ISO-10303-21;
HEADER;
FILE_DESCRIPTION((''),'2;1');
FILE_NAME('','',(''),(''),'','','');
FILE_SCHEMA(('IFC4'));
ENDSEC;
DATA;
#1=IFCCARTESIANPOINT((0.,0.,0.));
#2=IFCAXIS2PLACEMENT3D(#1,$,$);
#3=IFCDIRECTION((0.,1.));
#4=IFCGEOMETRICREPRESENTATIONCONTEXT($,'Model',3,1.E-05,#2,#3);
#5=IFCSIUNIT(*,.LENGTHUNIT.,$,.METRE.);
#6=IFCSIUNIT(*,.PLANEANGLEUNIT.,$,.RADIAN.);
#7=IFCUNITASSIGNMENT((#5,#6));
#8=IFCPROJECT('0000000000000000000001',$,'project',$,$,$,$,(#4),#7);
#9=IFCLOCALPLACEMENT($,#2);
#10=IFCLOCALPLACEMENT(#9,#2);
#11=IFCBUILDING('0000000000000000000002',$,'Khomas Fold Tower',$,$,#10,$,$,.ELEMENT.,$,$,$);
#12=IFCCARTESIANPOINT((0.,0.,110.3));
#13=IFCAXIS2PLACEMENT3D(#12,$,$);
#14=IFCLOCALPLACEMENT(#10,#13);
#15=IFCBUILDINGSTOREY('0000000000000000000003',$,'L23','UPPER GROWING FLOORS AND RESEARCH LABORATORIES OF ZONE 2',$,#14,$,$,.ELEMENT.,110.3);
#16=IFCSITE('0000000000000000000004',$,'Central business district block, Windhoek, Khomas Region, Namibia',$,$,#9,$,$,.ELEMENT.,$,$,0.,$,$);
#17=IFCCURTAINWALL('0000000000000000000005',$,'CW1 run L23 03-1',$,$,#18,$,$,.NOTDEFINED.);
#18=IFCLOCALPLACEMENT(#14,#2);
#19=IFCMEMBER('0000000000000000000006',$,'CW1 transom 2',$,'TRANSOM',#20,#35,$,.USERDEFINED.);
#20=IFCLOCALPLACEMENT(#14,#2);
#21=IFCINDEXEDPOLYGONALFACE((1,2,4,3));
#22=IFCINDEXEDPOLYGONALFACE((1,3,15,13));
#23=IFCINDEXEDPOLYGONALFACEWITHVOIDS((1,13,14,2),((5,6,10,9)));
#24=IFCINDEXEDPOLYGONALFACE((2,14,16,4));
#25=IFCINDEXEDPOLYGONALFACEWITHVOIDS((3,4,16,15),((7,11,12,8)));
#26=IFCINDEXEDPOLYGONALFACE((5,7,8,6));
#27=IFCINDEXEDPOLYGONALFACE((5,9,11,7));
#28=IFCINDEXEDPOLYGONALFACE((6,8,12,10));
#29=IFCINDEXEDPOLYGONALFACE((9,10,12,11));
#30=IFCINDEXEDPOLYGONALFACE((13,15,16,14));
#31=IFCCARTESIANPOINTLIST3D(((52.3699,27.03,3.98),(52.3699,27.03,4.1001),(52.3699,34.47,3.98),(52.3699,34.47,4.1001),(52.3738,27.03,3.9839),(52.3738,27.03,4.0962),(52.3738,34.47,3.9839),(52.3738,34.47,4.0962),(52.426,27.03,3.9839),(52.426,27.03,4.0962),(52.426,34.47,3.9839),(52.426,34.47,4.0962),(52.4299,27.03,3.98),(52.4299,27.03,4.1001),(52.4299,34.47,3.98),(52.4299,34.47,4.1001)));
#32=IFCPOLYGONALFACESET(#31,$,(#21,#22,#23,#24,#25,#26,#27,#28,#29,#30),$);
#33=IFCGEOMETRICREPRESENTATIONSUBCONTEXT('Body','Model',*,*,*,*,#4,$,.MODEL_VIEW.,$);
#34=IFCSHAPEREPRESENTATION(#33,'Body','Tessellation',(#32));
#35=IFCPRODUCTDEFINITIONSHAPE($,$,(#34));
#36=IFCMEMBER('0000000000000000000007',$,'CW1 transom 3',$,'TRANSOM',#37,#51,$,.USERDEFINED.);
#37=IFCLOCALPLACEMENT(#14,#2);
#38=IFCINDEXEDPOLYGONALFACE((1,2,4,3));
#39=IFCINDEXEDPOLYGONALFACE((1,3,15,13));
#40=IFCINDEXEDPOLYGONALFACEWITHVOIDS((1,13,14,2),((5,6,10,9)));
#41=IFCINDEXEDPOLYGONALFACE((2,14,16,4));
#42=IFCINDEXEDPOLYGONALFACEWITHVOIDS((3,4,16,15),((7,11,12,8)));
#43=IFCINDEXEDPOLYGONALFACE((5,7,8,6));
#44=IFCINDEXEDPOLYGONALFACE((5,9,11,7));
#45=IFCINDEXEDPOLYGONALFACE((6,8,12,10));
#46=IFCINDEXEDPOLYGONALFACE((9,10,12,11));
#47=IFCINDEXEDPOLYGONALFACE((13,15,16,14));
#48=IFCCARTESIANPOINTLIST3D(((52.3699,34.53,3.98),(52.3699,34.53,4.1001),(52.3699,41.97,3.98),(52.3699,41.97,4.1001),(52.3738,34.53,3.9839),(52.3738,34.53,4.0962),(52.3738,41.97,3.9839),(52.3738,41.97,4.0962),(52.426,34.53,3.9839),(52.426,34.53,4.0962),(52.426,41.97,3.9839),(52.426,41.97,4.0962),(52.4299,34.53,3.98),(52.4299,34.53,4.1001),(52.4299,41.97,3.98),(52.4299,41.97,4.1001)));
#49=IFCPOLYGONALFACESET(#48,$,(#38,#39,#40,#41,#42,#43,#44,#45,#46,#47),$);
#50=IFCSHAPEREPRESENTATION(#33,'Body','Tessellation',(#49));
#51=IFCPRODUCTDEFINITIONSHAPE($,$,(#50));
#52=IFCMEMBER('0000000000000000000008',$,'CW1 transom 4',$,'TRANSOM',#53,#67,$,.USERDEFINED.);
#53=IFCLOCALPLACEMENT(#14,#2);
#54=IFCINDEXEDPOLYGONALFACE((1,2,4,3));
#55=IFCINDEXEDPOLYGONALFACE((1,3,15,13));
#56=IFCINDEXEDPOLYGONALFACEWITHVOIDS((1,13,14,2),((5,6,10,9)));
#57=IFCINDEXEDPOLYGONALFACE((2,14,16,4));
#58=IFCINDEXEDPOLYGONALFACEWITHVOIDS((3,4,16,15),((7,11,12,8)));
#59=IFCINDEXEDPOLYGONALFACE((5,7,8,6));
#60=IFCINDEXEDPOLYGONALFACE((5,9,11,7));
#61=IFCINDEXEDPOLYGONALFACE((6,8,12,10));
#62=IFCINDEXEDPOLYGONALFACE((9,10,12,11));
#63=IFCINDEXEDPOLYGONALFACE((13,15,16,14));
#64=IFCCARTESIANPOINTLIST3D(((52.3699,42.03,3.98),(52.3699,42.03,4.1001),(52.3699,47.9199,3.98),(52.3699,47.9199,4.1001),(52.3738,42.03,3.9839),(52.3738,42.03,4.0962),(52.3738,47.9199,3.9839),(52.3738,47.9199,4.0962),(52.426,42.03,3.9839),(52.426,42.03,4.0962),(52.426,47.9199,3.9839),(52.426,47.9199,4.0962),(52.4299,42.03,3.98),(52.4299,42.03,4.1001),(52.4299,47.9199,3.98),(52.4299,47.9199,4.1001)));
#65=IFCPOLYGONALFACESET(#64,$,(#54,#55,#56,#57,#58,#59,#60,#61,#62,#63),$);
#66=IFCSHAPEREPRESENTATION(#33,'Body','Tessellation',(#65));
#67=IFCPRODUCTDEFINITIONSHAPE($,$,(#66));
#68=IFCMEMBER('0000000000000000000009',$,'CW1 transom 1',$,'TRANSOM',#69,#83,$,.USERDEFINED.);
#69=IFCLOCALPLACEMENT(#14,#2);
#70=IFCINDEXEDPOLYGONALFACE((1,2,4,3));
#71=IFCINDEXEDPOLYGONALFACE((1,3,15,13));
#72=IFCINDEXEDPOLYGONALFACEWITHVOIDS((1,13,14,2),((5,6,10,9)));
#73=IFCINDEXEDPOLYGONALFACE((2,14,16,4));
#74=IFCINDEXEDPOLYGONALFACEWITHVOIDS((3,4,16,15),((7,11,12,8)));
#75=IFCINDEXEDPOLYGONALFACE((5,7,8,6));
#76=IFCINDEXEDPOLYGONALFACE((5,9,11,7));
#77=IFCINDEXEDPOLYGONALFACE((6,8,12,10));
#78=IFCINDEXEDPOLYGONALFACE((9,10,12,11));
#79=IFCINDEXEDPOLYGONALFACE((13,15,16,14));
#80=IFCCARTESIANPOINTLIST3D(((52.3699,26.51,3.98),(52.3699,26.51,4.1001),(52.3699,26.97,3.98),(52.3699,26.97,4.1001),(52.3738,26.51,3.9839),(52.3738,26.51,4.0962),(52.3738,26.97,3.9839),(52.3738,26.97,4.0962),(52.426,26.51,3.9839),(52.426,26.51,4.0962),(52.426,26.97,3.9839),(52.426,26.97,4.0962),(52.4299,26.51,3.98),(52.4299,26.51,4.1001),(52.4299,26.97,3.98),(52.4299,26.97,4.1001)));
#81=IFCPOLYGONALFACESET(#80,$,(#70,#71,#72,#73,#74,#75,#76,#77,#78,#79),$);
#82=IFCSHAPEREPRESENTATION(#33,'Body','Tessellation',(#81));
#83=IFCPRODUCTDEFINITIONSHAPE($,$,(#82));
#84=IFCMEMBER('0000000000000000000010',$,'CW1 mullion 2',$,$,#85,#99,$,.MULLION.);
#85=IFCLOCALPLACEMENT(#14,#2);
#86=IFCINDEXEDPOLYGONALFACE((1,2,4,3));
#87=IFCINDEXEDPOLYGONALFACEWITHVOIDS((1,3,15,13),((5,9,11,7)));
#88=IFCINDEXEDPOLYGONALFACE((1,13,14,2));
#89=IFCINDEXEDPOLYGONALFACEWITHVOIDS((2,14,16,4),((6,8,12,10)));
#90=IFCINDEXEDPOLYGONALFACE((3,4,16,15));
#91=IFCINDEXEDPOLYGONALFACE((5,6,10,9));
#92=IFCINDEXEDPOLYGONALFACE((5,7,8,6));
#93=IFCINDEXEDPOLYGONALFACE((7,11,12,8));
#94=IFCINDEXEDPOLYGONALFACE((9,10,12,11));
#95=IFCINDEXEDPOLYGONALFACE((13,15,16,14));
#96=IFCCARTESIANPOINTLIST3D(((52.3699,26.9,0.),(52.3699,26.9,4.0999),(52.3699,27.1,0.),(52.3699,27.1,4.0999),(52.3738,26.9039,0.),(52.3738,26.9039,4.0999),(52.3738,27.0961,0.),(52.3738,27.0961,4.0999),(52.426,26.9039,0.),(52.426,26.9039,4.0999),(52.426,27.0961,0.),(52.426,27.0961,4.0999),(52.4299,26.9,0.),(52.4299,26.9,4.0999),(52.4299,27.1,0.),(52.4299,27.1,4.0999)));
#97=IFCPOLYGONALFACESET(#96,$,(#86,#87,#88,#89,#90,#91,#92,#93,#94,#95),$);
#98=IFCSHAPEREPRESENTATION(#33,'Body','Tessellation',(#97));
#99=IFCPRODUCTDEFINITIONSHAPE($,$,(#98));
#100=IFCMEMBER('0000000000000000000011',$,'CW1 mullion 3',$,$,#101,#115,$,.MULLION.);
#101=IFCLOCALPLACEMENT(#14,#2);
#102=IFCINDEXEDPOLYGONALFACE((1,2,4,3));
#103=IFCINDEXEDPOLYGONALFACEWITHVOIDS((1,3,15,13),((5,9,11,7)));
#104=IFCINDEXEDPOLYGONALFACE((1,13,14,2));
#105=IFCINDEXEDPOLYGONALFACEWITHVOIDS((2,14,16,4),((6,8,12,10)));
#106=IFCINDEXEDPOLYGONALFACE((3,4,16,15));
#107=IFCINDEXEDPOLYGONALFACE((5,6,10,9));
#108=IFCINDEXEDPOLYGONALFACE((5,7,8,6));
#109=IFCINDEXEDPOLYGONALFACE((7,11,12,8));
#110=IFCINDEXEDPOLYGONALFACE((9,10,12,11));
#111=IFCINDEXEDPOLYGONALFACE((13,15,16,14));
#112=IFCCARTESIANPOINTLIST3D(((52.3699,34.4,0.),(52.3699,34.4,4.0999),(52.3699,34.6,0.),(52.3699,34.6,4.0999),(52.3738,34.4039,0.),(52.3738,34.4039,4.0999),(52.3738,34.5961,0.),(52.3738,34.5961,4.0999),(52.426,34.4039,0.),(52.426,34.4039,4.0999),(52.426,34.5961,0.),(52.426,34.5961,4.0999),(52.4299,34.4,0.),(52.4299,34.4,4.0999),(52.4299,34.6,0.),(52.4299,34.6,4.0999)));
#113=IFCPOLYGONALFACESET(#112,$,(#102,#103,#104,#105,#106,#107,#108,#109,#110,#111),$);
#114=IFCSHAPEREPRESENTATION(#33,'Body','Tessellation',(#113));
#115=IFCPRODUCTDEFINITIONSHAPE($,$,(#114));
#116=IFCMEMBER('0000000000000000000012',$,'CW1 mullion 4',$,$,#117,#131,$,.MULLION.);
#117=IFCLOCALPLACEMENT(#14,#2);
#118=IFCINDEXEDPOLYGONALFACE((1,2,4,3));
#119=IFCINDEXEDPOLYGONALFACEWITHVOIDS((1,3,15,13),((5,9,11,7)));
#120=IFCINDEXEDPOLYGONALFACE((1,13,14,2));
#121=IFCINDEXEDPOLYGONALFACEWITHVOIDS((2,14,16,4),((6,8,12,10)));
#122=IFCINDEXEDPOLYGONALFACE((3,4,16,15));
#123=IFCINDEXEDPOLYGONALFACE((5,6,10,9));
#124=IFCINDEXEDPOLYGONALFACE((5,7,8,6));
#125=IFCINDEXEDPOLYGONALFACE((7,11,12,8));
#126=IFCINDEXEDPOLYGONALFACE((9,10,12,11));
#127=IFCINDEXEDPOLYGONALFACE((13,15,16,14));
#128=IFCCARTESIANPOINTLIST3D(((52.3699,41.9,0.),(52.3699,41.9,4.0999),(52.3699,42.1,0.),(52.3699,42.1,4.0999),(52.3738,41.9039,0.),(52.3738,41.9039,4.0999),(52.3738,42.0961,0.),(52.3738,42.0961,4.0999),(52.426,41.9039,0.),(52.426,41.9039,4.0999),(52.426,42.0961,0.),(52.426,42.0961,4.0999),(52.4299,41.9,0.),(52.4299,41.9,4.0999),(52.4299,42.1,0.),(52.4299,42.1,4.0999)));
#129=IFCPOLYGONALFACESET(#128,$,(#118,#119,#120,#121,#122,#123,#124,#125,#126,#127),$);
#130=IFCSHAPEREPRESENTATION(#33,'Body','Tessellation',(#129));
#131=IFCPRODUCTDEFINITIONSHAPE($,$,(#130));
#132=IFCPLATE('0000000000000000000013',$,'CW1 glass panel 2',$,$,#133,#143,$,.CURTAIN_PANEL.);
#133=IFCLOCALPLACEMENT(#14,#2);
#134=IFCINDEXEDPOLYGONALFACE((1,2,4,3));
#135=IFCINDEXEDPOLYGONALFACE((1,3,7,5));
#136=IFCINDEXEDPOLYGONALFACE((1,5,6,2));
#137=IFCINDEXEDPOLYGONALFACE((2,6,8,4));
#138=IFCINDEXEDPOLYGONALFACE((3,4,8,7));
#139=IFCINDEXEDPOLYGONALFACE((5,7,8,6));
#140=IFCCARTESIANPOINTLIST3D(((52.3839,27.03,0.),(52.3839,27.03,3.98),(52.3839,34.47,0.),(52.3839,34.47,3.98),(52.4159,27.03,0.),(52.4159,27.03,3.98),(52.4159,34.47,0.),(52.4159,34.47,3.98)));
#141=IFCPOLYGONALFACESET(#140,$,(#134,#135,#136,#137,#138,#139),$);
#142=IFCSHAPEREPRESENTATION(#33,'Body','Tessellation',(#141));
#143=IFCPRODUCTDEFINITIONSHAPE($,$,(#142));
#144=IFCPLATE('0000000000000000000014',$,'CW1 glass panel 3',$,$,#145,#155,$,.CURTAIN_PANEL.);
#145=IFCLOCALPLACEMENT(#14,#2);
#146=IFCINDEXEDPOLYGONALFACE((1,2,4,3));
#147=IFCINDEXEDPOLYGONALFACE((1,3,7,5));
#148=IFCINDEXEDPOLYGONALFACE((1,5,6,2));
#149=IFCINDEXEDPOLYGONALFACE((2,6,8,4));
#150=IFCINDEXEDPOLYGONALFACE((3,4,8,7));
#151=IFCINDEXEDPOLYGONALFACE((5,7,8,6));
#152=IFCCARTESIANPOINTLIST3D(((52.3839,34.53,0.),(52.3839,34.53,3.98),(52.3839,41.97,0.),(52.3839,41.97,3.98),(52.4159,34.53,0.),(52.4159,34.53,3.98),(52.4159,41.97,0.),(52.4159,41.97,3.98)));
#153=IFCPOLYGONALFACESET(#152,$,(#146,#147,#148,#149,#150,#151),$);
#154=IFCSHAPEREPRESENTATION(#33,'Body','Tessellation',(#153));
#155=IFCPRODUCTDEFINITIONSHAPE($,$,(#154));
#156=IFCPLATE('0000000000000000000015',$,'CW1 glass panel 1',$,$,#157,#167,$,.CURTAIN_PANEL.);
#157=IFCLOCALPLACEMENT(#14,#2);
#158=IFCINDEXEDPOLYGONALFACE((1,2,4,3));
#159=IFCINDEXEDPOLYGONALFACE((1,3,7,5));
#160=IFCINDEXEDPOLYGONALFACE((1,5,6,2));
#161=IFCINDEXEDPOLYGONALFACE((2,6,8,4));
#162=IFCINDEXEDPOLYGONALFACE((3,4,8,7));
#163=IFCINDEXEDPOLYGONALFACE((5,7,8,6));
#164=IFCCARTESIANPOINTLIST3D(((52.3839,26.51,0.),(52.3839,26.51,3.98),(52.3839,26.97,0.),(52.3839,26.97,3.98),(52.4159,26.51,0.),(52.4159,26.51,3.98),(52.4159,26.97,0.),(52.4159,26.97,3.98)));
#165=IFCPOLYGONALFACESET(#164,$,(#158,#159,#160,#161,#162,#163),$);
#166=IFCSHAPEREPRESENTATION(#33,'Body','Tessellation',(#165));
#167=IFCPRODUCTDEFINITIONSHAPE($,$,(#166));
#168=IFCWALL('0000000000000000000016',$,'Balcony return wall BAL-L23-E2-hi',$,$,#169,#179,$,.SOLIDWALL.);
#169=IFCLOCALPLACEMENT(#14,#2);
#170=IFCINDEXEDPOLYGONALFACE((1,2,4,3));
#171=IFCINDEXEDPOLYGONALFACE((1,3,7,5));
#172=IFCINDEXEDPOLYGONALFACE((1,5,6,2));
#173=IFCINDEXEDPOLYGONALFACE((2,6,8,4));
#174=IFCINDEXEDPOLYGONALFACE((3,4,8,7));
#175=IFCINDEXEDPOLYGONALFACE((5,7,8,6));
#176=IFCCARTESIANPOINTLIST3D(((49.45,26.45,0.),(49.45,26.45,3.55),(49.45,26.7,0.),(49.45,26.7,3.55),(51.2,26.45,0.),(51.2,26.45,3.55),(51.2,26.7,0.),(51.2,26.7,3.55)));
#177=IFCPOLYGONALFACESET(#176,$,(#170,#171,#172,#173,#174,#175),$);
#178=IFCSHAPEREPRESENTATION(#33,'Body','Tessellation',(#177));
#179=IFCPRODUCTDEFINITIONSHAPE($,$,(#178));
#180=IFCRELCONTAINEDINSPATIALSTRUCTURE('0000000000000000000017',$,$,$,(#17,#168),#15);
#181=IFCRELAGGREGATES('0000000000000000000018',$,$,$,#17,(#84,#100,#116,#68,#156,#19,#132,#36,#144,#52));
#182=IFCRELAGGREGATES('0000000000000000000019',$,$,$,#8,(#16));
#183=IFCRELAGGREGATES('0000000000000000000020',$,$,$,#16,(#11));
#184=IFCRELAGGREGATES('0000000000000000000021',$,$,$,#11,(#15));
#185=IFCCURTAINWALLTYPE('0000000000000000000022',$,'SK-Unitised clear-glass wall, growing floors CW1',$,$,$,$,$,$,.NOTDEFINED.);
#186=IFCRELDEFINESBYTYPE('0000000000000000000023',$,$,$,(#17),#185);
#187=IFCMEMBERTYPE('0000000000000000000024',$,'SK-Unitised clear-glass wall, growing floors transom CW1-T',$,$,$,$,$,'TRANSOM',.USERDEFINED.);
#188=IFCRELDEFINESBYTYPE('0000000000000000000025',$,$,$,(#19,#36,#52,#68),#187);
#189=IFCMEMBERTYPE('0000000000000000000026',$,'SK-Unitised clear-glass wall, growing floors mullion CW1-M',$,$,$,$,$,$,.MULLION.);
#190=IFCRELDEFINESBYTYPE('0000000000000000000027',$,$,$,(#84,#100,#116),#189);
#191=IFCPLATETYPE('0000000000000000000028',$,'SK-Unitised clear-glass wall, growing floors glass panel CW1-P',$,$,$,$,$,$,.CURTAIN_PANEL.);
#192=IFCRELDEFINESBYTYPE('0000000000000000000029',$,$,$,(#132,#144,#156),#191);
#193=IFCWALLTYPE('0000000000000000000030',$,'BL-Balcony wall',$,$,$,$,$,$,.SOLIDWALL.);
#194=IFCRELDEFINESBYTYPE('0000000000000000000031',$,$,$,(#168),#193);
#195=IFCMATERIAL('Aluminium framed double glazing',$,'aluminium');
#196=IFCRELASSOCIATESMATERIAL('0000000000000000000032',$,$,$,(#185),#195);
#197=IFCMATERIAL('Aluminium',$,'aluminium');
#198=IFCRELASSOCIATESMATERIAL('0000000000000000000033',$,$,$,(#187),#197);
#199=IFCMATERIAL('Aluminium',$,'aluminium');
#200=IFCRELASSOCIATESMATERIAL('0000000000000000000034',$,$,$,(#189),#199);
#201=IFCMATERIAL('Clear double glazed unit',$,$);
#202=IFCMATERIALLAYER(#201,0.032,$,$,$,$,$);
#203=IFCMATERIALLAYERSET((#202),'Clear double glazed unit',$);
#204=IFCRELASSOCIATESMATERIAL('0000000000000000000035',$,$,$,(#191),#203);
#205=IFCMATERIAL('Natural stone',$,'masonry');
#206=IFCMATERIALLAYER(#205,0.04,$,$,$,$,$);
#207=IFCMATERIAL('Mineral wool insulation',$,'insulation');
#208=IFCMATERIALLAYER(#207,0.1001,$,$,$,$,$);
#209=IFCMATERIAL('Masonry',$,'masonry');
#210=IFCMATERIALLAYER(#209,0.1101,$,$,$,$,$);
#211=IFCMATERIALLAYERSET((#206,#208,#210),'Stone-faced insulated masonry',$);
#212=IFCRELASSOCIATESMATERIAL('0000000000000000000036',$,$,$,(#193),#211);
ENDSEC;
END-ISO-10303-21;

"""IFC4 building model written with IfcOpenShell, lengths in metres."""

from ifc_helpers import new_model, si_unit, direction, frame, frame_2d, origin, origin_2d, place, context, subcontext, project, spatial, rectangle, hollow_rectangle, extrude, source, transform, mapped, material, layer, layer_set, material_profile, profile_set, type_object, element, aggregate, save


model = new_model("IFC4")

# Units and contexts
model_context = context("Model", 3, precision=1e-05, world=origin(), true_north=direction((0.0, 1.0)))
body_context = subcontext(model_context, "Body", "Model", "MODEL_VIEW")
ifc_project = project(units=[si_unit("LENGTHUNIT", "METRE"), si_unit("PLANEANGLEUNIT", "RADIAN")], contexts=[model_context])

# Site, building, storey
site_placement = place(None, origin())
site = spatial("IfcSite", under=ifc_project, at=site_placement, Name="Central business district block, Windhoek, Khomas Region, Namibia", CompositionType="ELEMENT", RefElevation=0.0)
building_placement = place(site_placement, origin())
building = spatial("IfcBuilding", under=site, at=building_placement, Name="Khomas Fold Tower", CompositionType="ELEMENT")
storey_placement = place(building_placement, frame((0.0, 0.0, 110.3)))
storey = spatial("IfcBuildingStorey", under=building, at=storey_placement, Name="L23", Description="UPPER GROWING FLOORS AND RESEARCH LABORATORIES OF ZONE 2", CompositionType="ELEMENT", Elevation=110.3)

# Curtain wall, members, plates
ifc_material_1 = material(Name="Aluminium framed double glazing", Category="aluminium")
curtain_wall_type = type_object("IfcCurtainWallType", Name="SK-Unitised clear-glass wall, growing floors CW1", PredefinedType="NOTDEFINED", material=ifc_material_1)
curtain_wall_placement = place(storey_placement, origin())
curtain_wall = element("IfcCurtainWall", 1, at=curtain_wall_placement, inside=storey, type_object=curtain_wall_type, Name="CW1 run L23 03-1", PredefinedType="NOTDEFINED")
ifc_material_2 = material(Name="Aluminium", Category="aluminium")
ifc_material_profile_1 = material_profile(ifc_material_2, hollow_rectangle(XDim=0.0601, YDim=0.1201, WallThickness=0.0039, at=origin_2d()), Name="SK-Unitised clear-glass wall, growing floors transom CW1-T")
ifc_profile_set_1 = profile_set([ifc_material_profile_1], Name="Aluminium")
member_type_1 = type_object("IfcMemberType", Name="SK-Unitised clear-glass wall, growing floors transom CW1-T", ElementType="TRANSOM", PredefinedType="USERDEFINED", material=ifc_profile_set_1)
shared_shape_1 = source(origin(), body_context, "Body", "SweptSolid", [
    extrude(hollow_rectangle(XDim=0.0601, YDim=0.1201, WallThickness=0.0039, at=origin_2d()), origin(), (0.0, 0.0, 1.0), 7.4399),
])
member_1_placement = place(storey_placement, frame((52.3999, 27.03, 4.04), z_axis=(0.0, 1.0, 0.0), x_axis=(-1.0, 0.0, 0.0)))
member_1 = element("IfcMember", 2, at=member_1_placement, type_object=member_type_1, Name="CW1 transom 2", ObjectType="TRANSOM", PredefinedType="USERDEFINED", context=body_context, shape_type="MappedRepresentation", body=[
    mapped(shared_shape_1, transform((0.0, 0.0, 0.0))),
])
member_2_placement = place(storey_placement, frame((52.3999, 34.53, 4.04), z_axis=(0.0, 1.0, 0.0), x_axis=(-1.0, 0.0, 0.0)))
member_2 = element("IfcMember", 3, at=member_2_placement, type_object=member_type_1, Name="CW1 transom 3", ObjectType="TRANSOM", PredefinedType="USERDEFINED", context=body_context, shape_type="MappedRepresentation", body=[
    mapped(shared_shape_1, transform((0.0, 0.0, 0.0))),
])
shared_shape_2 = source(origin(), body_context, "Body", "SweptSolid", [
    extrude(hollow_rectangle(XDim=0.0601, YDim=0.1201, WallThickness=0.0039, at=origin_2d()), origin(), (0.0, 0.0, 1.0), 5.8899),
])
member_3_placement = place(storey_placement, frame((52.3999, 42.03, 4.04), z_axis=(0.0, 1.0, 0.0), x_axis=(-1.0, 0.0, 0.0)))
member_3 = element("IfcMember", 4, at=member_3_placement, type_object=member_type_1, Name="CW1 transom 4", ObjectType="TRANSOM", PredefinedType="USERDEFINED", context=body_context, shape_type="MappedRepresentation", body=[
    mapped(shared_shape_2, transform((0.0, 0.0, 0.0))),
])
shared_shape_3 = source(origin(), body_context, "Body", "SweptSolid", [
    extrude(hollow_rectangle(XDim=0.0601, YDim=0.1201, WallThickness=0.0039, at=origin_2d()), origin(), (0.0, 0.0, 1.0), 0.46),
])
member_4_placement = place(storey_placement, frame((52.3999, 26.51, 4.04), z_axis=(0.0, 1.0, 0.0), x_axis=(-1.0, 0.0, 0.0)))
member_4 = element("IfcMember", 5, at=member_4_placement, type_object=member_type_1, Name="CW1 transom 1", ObjectType="TRANSOM", PredefinedType="USERDEFINED", context=body_context, shape_type="MappedRepresentation", body=[
    mapped(shared_shape_3, transform((0.0, 0.0, 0.0))),
])
ifc_material_3 = material(Name="Aluminium", Category="aluminium")
ifc_material_profile_2 = material_profile(ifc_material_3, hollow_rectangle(XDim=0.0601, YDim=0.2, WallThickness=0.0039, at=origin_2d()), Name="SK-Unitised clear-glass wall, growing floors mullion CW1-M")
ifc_profile_set_2 = profile_set([ifc_material_profile_2], Name="Aluminium")
member_type_2 = type_object("IfcMemberType", Name="SK-Unitised clear-glass wall, growing floors mullion CW1-M", PredefinedType="MULLION", material=ifc_profile_set_2)
shared_shape_4 = source(origin(), body_context, "Body", "SweptSolid", [
    extrude(hollow_rectangle(XDim=0.0601, YDim=0.2, WallThickness=0.0039, at=origin_2d()), origin(), (0.0, 0.0, 1.0), 4.0999),
])
member_5_placement = place(storey_placement, frame((52.3999, 27.0, 0.0), z_axis=(0.0, 0.0, 1.0), x_axis=(-1.0, 0.0, 0.0)))
member_5 = element("IfcMember", 6, at=member_5_placement, type_object=member_type_2, Name="CW1 mullion 2", PredefinedType="MULLION", context=body_context, shape_type="MappedRepresentation", body=[
    mapped(shared_shape_4, transform((0.0, 0.0, 0.0))),
])
member_6_placement = place(storey_placement, frame((52.3999, 34.5, 0.0), z_axis=(0.0, 0.0, 1.0), x_axis=(-1.0, 0.0, 0.0)))
member_6 = element("IfcMember", 7, at=member_6_placement, type_object=member_type_2, Name="CW1 mullion 3", PredefinedType="MULLION", context=body_context, shape_type="MappedRepresentation", body=[
    mapped(shared_shape_4, transform((0.0, 0.0, 0.0))),
])
member_7_placement = place(storey_placement, frame((52.3999, 42.0, 0.0), z_axis=(0.0, 0.0, 1.0), x_axis=(-1.0, 0.0, 0.0)))
member_7 = element("IfcMember", 8, at=member_7_placement, type_object=member_type_2, Name="CW1 mullion 4", PredefinedType="MULLION", context=body_context, shape_type="MappedRepresentation", body=[
    mapped(shared_shape_4, transform((0.0, 0.0, 0.0))),
])
ifc_material_4 = material(Name="Clear double glazed unit")
ifc_layer_1 = layer(ifc_material_4, 0.032)
ifc_layer_set_1 = layer_set([ifc_layer_1], Name="Clear double glazed unit")
plate_type = type_object("IfcPlateType", Name="SK-Unitised clear-glass wall, growing floors glass panel CW1-P", PredefinedType="CURTAIN_PANEL", material=ifc_layer_set_1)
shared_shape_5 = source(origin(), body_context, "Body", "SweptSolid", [
    extrude(rectangle(XDim=7.4399, YDim=0.032, at=origin_2d()), origin(), (0.0, 0.0, 1.0), 3.98),
])
plate_1_placement = place(storey_placement, frame((52.3999, 30.75, 0.0), z_axis=(0.0, 0.0, 1.0), x_axis=(0.0, 1.0, 0.0)))
plate_1 = element("IfcPlate", 9, at=plate_1_placement, type_object=plate_type, Name="CW1 glass panel 2", PredefinedType="CURTAIN_PANEL", context=body_context, shape_type="MappedRepresentation", body=[
    mapped(shared_shape_5, transform((0.0, 0.0, 0.0))),
])
plate_2_placement = place(storey_placement, frame((52.3999, 38.25, 0.0), z_axis=(0.0, 0.0, 1.0), x_axis=(0.0, 1.0, 0.0)))
plate_2 = element("IfcPlate", 10, at=plate_2_placement, type_object=plate_type, Name="CW1 glass panel 3", PredefinedType="CURTAIN_PANEL", context=body_context, shape_type="MappedRepresentation", body=[
    mapped(shared_shape_5, transform((0.0, 0.0, 0.0))),
])
shared_shape_6 = source(origin(), body_context, "Body", "SweptSolid", [
    extrude(rectangle(XDim=0.46, YDim=0.032, at=origin_2d()), origin(), (0.0, 0.0, 1.0), 3.98),
])
plate_3_placement = place(storey_placement, frame((52.3999, 26.74, 0.0), z_axis=(0.0, 0.0, 1.0), x_axis=(0.0, 1.0, 0.0)))
plate_3 = element("IfcPlate", 11, at=plate_3_placement, type_object=plate_type, Name="CW1 glass panel 1", PredefinedType="CURTAIN_PANEL", context=body_context, shape_type="MappedRepresentation", body=[
    mapped(shared_shape_6, transform((0.0, 0.0, 0.0))),
])
aggregate(curtain_wall, [member_5, member_6, member_7, member_4, plate_3, member_1, plate_1, member_2, plate_2, member_3])

# Wall
ifc_material_5 = material(Name="Natural stone", Category="masonry")
ifc_layer_2 = layer(ifc_material_5, 0.04)
ifc_material_6 = material(Name="Mineral wool insulation", Category="insulation")
ifc_layer_3 = layer(ifc_material_6, 0.1001)
ifc_material_7 = material(Name="Masonry", Category="masonry")
ifc_layer_4 = layer(ifc_material_7, 0.1101)
ifc_layer_set_2 = layer_set([ifc_layer_2, ifc_layer_3, ifc_layer_4], Name="Stone-faced insulated masonry")
wall_type_1 = type_object("IfcWallType", Name="BL-Balcony wall", PredefinedType="SOLIDWALL", material=ifc_layer_set_2)
shared_shape_7 = source(origin(), body_context, "Body", "SweptSolid", [
    extrude(rectangle(XDim=1.75, YDim=0.25, at=frame_2d((0.875, 0.0))), origin(), (0.0, 0.0, 1.0), 3.55),
])
wall_placement = place(storey_placement, frame((51.2, 26.575, 0.0), z_axis=(0.0, 0.0, 1.0), x_axis=(-1.0, 0.0, 0.0)))
element("IfcWall", 12, at=wall_placement, inside=storey, type_object=wall_type_1, Name="Balcony return wall BAL-L23-E2-hi", PredefinedType="SOLIDWALL", context=body_context, shape_type="MappedRepresentation", body=[
    mapped(shared_shape_7, transform((0.0, 0.0, 0.0))),
])

save(model, "model.ifc")
